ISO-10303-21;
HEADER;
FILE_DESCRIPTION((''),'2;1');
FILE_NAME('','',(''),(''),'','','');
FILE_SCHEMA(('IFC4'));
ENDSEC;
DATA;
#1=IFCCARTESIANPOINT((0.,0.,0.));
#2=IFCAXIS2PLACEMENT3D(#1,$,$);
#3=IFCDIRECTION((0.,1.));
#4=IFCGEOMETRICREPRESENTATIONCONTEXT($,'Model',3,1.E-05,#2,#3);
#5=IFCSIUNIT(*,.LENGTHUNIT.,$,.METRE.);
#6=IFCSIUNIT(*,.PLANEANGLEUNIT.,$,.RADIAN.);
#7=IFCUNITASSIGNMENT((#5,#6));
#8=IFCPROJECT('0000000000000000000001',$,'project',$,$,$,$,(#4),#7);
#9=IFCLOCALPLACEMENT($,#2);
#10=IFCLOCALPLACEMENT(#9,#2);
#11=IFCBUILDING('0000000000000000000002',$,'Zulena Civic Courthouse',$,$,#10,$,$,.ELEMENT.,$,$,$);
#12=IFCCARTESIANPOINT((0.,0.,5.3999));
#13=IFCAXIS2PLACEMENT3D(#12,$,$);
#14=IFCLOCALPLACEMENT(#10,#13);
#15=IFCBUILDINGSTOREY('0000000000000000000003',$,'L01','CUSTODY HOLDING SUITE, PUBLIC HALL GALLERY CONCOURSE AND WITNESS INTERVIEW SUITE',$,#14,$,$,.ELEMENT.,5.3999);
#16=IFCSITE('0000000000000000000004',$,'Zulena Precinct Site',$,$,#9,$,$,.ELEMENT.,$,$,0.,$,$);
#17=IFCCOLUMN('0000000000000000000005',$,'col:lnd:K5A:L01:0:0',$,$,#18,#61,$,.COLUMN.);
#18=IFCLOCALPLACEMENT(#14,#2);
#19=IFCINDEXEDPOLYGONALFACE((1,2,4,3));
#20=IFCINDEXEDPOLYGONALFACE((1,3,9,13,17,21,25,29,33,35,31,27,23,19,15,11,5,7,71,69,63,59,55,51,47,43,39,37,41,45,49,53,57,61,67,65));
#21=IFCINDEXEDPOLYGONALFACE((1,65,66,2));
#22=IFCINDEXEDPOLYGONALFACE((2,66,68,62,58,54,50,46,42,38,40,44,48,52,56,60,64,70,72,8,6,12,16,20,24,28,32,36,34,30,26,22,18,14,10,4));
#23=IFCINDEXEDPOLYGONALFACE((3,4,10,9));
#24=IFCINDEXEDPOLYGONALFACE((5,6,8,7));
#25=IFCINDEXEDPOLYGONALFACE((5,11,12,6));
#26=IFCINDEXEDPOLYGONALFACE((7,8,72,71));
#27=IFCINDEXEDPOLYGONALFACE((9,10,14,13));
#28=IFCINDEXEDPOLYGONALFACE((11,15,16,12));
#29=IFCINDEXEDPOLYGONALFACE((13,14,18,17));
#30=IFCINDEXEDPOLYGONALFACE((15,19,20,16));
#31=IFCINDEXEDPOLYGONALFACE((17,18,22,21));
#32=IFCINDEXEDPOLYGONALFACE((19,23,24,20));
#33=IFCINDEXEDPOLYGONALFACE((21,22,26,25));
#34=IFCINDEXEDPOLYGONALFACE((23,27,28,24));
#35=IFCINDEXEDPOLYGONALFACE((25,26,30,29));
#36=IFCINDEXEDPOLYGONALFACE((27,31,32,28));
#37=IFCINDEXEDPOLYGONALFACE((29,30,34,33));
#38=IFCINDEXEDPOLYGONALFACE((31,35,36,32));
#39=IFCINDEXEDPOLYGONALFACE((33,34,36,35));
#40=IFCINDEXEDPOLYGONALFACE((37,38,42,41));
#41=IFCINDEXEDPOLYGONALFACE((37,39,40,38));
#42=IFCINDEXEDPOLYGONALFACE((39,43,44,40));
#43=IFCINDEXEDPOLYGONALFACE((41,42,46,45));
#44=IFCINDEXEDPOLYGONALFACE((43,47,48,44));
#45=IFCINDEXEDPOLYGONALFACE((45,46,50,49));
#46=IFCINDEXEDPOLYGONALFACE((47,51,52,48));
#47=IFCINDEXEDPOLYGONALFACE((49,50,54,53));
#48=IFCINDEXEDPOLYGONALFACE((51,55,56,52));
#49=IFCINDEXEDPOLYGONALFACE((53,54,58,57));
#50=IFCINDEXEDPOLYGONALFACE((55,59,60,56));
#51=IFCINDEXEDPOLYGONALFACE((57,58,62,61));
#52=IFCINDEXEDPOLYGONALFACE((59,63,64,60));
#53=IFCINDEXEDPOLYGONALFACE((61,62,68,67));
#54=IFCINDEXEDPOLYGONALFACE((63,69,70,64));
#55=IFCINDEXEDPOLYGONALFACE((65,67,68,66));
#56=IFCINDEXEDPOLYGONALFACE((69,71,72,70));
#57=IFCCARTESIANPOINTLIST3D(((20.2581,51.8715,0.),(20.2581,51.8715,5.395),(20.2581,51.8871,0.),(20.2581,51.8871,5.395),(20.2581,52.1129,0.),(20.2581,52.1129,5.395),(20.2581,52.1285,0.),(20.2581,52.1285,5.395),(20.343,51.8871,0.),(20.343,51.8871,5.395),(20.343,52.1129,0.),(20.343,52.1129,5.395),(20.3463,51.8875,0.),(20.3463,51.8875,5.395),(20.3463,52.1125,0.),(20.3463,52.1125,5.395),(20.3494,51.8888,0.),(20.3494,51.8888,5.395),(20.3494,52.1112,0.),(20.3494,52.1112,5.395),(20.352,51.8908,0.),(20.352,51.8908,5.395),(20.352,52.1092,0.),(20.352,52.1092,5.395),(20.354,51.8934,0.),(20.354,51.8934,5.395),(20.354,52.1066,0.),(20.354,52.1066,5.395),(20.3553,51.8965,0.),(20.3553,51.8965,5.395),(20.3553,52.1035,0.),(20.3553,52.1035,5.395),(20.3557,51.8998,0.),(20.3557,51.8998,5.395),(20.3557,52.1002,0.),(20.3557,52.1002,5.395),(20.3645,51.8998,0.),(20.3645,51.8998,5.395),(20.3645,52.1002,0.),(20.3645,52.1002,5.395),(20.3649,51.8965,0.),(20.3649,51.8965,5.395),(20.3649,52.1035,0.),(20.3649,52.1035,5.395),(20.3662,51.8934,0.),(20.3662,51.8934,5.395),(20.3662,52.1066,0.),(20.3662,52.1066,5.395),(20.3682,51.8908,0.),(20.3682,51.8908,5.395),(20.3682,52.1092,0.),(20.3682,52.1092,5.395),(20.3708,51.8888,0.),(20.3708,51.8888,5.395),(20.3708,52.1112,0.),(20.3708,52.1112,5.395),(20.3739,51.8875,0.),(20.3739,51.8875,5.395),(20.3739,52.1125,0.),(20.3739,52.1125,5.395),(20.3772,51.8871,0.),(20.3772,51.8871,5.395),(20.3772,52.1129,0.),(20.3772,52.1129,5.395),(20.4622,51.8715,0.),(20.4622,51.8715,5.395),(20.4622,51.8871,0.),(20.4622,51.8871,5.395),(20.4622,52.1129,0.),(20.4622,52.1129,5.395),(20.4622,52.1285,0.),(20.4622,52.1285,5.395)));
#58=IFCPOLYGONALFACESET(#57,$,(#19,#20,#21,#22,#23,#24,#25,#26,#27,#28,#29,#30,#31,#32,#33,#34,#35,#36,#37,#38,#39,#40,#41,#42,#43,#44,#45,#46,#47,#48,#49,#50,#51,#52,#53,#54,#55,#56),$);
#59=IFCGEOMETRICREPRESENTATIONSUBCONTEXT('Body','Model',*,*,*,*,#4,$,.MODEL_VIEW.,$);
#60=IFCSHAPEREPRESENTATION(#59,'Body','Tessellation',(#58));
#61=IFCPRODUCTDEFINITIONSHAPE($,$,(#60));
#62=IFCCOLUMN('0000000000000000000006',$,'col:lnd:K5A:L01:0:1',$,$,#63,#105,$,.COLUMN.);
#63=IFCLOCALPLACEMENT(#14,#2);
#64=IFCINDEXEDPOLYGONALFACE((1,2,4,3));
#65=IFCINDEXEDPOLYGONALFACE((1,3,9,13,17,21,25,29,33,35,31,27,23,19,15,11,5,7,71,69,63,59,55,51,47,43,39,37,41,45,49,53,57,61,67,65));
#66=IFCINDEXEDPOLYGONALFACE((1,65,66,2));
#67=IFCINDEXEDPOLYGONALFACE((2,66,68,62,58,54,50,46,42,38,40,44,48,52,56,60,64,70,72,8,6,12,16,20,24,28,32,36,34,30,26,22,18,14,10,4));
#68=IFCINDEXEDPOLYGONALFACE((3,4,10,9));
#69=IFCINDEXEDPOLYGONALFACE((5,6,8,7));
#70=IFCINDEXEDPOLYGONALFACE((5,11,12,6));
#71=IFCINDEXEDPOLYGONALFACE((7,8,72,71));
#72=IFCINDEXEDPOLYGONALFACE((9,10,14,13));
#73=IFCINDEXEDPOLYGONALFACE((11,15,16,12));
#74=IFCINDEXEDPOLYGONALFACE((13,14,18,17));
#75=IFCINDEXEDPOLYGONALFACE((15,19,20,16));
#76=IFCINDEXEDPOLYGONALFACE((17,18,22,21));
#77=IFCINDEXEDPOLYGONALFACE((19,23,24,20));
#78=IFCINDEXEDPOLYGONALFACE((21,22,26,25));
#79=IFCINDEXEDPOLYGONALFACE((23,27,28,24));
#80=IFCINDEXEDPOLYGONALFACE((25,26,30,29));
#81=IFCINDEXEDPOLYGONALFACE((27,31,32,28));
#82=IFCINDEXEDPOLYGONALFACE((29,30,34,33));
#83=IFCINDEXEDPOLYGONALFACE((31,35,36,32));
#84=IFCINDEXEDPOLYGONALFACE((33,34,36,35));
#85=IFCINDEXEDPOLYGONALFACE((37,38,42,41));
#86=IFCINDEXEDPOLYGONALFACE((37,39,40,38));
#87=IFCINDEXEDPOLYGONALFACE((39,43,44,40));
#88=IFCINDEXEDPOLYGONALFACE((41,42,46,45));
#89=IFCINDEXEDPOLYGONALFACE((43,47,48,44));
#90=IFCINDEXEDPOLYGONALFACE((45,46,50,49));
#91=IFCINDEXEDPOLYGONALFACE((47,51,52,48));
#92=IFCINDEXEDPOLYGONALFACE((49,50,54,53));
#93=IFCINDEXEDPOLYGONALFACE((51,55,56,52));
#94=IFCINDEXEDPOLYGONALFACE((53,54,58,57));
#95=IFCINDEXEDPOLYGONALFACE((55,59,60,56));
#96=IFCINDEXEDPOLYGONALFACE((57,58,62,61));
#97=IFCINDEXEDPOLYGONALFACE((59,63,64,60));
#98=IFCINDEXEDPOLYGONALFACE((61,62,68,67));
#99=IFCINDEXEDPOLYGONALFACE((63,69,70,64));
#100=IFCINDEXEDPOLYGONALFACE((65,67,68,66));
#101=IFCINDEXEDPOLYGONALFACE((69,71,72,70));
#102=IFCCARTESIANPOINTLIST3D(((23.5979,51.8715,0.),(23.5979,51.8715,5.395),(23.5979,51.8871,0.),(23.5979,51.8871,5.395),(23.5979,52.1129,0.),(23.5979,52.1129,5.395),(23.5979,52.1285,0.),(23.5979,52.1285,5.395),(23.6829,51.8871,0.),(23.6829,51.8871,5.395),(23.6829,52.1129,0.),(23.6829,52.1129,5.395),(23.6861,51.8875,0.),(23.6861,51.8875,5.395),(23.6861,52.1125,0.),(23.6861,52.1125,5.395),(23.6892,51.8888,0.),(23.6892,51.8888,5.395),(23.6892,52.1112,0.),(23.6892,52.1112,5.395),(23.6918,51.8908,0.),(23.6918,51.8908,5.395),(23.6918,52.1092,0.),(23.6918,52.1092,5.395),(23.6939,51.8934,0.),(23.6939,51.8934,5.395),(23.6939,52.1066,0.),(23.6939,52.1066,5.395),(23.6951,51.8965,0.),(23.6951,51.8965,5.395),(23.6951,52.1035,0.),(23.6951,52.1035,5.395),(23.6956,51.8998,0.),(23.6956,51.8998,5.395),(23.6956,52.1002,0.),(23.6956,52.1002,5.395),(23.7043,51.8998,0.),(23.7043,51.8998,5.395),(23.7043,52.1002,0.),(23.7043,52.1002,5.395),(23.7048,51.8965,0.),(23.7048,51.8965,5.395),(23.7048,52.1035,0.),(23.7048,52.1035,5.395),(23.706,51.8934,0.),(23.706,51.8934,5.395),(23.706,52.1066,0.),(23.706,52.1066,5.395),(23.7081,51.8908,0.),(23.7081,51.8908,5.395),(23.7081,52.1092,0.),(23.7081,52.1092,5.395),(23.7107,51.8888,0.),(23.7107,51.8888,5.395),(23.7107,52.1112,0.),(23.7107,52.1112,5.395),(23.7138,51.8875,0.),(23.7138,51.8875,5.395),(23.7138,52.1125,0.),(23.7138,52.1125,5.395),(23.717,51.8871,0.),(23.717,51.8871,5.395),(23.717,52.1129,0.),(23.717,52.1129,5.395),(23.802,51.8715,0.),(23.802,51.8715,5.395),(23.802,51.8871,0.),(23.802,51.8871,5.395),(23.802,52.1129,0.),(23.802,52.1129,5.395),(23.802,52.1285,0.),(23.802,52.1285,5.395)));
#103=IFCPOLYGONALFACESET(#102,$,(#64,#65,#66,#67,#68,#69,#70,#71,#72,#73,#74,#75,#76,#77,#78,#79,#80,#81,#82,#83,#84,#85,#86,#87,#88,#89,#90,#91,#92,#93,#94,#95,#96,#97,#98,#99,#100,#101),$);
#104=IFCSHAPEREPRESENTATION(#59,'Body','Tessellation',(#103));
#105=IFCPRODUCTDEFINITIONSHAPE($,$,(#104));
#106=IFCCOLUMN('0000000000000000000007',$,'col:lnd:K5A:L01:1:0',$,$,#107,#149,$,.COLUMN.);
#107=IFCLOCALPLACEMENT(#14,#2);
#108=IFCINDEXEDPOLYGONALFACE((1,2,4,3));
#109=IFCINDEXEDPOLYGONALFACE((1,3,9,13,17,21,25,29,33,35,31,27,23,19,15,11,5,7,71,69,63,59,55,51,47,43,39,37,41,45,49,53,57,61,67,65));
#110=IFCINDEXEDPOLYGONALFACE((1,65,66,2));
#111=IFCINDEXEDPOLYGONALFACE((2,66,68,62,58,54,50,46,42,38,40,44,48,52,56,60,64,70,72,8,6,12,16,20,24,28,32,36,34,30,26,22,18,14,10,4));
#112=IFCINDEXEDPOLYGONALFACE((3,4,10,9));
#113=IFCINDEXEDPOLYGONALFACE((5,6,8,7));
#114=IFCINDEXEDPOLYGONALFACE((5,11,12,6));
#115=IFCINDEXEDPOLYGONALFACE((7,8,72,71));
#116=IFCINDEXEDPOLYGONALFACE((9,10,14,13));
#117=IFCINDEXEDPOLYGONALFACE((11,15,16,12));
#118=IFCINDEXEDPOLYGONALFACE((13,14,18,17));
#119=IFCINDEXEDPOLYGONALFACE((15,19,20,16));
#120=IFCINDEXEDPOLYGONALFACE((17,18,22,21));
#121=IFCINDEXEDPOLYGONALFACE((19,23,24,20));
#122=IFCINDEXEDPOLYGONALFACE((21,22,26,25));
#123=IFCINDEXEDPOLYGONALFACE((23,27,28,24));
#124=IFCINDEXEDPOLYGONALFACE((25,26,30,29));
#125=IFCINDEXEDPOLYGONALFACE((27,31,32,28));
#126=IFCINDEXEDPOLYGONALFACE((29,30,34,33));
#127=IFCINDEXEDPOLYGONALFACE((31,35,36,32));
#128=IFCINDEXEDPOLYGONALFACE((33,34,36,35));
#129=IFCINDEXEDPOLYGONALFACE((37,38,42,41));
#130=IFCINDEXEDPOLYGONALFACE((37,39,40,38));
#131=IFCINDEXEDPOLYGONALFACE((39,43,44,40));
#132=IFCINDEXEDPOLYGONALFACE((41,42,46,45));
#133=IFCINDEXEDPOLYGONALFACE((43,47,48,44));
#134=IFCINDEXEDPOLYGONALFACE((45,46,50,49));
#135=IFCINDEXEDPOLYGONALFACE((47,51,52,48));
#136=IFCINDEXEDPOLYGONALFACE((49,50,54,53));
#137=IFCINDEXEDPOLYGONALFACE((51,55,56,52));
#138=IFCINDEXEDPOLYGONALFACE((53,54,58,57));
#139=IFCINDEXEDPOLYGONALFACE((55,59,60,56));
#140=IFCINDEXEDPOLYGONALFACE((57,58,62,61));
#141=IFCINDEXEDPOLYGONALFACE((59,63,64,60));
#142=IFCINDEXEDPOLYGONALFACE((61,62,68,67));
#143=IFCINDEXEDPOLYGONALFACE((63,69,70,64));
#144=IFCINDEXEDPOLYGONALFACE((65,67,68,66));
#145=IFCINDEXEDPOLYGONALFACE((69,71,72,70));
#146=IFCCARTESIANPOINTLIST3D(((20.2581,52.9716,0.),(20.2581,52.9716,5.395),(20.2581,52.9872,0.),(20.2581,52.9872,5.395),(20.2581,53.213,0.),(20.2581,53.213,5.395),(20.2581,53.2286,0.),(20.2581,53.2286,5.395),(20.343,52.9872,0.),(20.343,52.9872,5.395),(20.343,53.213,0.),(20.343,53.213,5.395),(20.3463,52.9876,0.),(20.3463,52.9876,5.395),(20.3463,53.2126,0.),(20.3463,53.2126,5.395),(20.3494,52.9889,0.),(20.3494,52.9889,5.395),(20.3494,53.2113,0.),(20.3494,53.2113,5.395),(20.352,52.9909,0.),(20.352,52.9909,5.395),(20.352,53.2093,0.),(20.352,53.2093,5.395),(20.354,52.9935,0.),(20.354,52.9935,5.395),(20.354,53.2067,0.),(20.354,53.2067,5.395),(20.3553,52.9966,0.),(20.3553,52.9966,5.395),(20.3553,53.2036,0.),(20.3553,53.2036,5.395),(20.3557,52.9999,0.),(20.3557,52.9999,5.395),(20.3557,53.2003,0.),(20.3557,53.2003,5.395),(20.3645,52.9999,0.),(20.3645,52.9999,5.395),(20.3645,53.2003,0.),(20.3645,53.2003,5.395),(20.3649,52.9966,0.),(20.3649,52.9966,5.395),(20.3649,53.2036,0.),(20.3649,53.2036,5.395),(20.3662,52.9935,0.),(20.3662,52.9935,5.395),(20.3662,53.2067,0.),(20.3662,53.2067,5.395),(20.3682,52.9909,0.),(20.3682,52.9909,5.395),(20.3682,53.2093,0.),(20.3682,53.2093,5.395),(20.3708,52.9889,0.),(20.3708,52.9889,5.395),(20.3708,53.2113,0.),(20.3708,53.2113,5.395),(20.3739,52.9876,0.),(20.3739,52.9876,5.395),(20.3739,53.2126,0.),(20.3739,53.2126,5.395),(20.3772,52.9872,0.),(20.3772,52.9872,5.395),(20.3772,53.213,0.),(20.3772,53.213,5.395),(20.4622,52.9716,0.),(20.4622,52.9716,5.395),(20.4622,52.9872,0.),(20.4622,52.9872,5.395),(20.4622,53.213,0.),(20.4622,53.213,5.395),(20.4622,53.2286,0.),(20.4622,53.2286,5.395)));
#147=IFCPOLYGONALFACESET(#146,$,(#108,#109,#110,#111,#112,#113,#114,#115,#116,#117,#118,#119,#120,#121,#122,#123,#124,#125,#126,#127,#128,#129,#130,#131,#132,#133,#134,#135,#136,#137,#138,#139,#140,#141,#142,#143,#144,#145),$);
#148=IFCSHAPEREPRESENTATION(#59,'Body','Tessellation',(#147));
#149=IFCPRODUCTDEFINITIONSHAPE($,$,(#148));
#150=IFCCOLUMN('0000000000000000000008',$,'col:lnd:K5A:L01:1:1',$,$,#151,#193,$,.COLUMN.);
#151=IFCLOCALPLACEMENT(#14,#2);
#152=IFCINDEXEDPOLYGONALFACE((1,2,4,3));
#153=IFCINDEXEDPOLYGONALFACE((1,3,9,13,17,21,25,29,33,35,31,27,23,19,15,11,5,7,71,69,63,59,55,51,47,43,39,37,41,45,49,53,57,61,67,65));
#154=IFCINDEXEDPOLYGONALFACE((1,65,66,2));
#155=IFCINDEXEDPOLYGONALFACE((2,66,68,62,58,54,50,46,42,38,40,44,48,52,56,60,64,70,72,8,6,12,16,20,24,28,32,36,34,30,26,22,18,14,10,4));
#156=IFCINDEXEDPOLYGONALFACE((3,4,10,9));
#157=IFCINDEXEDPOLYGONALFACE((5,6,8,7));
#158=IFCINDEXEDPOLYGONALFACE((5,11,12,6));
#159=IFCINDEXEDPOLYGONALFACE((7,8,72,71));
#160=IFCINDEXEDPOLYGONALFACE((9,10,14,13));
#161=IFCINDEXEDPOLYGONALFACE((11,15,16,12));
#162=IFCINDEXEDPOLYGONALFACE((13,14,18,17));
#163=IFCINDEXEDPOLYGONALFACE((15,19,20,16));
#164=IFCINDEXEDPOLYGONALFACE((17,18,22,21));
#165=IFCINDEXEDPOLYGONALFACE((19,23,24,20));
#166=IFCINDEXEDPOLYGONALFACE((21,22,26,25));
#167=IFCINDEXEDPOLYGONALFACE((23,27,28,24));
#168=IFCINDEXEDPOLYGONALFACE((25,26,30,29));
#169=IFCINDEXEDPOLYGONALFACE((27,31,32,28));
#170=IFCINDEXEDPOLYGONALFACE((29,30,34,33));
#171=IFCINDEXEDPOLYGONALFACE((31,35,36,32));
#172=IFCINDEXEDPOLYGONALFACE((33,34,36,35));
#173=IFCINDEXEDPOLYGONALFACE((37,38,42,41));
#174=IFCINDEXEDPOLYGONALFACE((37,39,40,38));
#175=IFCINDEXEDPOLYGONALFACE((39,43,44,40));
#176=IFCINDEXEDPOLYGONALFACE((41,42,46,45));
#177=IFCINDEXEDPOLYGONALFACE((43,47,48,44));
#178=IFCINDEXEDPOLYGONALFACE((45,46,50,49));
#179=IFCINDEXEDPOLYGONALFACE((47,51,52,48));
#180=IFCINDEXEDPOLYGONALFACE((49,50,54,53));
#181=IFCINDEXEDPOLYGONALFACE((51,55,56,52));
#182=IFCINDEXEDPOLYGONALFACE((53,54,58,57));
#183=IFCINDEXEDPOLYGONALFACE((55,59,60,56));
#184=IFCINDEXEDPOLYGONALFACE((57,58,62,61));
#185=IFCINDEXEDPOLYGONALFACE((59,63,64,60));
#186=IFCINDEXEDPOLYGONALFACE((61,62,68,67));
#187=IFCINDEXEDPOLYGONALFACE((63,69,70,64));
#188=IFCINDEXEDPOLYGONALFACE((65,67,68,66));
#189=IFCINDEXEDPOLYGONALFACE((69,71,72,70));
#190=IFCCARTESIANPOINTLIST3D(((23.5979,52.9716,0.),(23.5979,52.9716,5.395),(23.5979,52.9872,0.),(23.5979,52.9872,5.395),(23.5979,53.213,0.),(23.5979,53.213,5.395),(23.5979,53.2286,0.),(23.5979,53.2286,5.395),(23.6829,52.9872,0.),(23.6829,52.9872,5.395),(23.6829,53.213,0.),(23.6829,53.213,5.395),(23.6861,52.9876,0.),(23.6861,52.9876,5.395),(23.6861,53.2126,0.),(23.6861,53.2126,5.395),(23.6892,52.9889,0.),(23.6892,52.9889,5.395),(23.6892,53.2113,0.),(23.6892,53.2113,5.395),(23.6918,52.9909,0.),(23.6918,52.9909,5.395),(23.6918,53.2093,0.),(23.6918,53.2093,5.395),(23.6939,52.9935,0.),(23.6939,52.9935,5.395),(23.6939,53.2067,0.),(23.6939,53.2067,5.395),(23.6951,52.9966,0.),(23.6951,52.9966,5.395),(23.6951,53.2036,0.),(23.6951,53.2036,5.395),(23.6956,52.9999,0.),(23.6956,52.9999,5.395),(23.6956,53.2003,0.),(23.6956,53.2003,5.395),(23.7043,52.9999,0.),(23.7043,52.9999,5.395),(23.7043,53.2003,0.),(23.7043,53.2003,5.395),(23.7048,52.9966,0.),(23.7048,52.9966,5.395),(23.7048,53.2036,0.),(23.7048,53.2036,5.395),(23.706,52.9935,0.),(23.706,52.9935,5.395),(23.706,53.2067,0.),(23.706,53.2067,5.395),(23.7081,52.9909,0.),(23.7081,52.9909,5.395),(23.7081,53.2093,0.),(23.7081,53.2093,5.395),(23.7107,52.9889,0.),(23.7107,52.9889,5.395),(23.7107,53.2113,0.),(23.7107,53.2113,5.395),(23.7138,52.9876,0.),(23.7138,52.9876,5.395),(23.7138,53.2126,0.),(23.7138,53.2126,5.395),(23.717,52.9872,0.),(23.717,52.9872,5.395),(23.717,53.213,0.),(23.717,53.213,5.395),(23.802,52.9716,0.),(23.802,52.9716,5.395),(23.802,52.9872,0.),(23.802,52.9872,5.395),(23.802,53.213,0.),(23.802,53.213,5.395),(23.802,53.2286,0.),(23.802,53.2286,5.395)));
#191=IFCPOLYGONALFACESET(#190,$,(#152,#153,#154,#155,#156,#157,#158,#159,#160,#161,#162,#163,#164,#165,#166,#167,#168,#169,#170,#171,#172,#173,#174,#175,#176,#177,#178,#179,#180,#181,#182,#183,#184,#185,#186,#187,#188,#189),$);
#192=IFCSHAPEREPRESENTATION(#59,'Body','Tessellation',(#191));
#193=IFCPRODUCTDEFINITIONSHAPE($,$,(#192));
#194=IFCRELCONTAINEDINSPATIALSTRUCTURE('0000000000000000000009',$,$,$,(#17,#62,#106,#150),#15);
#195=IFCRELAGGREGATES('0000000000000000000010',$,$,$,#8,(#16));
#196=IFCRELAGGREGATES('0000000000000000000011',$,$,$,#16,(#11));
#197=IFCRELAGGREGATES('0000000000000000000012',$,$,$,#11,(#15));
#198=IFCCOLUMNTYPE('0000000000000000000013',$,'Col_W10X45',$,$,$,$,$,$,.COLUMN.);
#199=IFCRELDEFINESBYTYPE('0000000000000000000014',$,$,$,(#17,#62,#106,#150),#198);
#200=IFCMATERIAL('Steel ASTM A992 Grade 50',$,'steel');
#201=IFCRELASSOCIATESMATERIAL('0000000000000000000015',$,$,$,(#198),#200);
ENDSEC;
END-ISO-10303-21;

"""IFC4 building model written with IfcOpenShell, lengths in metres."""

from ifc_helpers import new_model, si_unit, direction, frame, origin, origin_2d, place, context, subcontext, project, spatial, i_section, extrude, material, material_profile, profile_set, type_object, element, save


model = new_model("IFC4")

# Units and contexts
model_context = context("Model", 3, precision=1e-05, world=origin(), true_north=direction((0.0, 1.0)))
body_context = subcontext(model_context, "Body", "Model", "MODEL_VIEW")
ifc_project = project(units=[si_unit("LENGTHUNIT", "METRE"), si_unit("PLANEANGLEUNIT", "RADIAN")], contexts=[model_context])

# Site, building, storey
site_placement = place(None, origin())
site = spatial("IfcSite", under=ifc_project, at=site_placement, Name="Zulena Precinct Site", CompositionType="ELEMENT", RefElevation=0.0)
building_placement = place(site_placement, origin())
building = spatial("IfcBuilding", under=site, at=building_placement, Name="Zulena Civic Courthouse", CompositionType="ELEMENT")
storey_placement = place(building_placement, frame((0.0, 0.0, 5.3999)))
storey = spatial("IfcBuildingStorey", under=building, at=storey_placement, Name="L01", Description="CUSTODY HOLDING SUITE, PUBLIC HALL GALLERY CONCOURSE AND WITNESS INTERVIEW SUITE", CompositionType="ELEMENT", Elevation=5.3999)

# Columns
ifc_material_1 = material(Name="Steel ASTM A992 Grade 50", Category="steel")
ifc_material_profile_1 = material_profile(ifc_material_1, i_section(OverallWidth=0.2041, OverallDepth=0.2571, WebThickness=0.0088, FlangeThickness=0.0156, FilletRadius=0.0127, at=origin_2d()), Name="W10X45")
ifc_profile_set_1 = profile_set([ifc_material_profile_1], Name="Steel ASTM A992 Grade 50")
column_type_1 = type_object("IfcColumnType", Name="Col_W10X45", PredefinedType="COLUMN", material=ifc_profile_set_1)
for number, where, z_axis, x_axis, name in (
    (1, (20.3601, 52.0, 0.0), (0.0, 0.0, 1.0), (1.0, 0.0, 0.0), "col:lnd:K5A:L01:0:0"),
    (2, (23.7, 52.0, 0.0), (0.0, 0.0, 1.0), (1.0, 0.0, 0.0), "col:lnd:K5A:L01:0:1"),
    (3, (20.3601, 53.1001, 0.0), (0.0, 0.0, 1.0), (1.0, 0.0, 0.0), "col:lnd:K5A:L01:1:0"),
    (4, (23.7, 53.1001, 0.0), (0.0, 0.0, 1.0), (1.0, 0.0, 0.0), "col:lnd:K5A:L01:1:1"),
):
    element("IfcColumn", number, at=place(storey_placement, frame(where, z_axis=z_axis, x_axis=x_axis)), inside=storey, type_object=column_type_1, Name=name, PredefinedType="COLUMN", context=body_context, shape_type="SweptSolid", body=[
        extrude(i_section(OverallWidth=0.2041, OverallDepth=0.2571, WebThickness=0.0088, FlangeThickness=0.0156, FilletRadius=0.0127, at=origin_2d()), origin(), (0.0, 0.0, 1.0), 5.395),
    ])

save(model, "model.ifc")
